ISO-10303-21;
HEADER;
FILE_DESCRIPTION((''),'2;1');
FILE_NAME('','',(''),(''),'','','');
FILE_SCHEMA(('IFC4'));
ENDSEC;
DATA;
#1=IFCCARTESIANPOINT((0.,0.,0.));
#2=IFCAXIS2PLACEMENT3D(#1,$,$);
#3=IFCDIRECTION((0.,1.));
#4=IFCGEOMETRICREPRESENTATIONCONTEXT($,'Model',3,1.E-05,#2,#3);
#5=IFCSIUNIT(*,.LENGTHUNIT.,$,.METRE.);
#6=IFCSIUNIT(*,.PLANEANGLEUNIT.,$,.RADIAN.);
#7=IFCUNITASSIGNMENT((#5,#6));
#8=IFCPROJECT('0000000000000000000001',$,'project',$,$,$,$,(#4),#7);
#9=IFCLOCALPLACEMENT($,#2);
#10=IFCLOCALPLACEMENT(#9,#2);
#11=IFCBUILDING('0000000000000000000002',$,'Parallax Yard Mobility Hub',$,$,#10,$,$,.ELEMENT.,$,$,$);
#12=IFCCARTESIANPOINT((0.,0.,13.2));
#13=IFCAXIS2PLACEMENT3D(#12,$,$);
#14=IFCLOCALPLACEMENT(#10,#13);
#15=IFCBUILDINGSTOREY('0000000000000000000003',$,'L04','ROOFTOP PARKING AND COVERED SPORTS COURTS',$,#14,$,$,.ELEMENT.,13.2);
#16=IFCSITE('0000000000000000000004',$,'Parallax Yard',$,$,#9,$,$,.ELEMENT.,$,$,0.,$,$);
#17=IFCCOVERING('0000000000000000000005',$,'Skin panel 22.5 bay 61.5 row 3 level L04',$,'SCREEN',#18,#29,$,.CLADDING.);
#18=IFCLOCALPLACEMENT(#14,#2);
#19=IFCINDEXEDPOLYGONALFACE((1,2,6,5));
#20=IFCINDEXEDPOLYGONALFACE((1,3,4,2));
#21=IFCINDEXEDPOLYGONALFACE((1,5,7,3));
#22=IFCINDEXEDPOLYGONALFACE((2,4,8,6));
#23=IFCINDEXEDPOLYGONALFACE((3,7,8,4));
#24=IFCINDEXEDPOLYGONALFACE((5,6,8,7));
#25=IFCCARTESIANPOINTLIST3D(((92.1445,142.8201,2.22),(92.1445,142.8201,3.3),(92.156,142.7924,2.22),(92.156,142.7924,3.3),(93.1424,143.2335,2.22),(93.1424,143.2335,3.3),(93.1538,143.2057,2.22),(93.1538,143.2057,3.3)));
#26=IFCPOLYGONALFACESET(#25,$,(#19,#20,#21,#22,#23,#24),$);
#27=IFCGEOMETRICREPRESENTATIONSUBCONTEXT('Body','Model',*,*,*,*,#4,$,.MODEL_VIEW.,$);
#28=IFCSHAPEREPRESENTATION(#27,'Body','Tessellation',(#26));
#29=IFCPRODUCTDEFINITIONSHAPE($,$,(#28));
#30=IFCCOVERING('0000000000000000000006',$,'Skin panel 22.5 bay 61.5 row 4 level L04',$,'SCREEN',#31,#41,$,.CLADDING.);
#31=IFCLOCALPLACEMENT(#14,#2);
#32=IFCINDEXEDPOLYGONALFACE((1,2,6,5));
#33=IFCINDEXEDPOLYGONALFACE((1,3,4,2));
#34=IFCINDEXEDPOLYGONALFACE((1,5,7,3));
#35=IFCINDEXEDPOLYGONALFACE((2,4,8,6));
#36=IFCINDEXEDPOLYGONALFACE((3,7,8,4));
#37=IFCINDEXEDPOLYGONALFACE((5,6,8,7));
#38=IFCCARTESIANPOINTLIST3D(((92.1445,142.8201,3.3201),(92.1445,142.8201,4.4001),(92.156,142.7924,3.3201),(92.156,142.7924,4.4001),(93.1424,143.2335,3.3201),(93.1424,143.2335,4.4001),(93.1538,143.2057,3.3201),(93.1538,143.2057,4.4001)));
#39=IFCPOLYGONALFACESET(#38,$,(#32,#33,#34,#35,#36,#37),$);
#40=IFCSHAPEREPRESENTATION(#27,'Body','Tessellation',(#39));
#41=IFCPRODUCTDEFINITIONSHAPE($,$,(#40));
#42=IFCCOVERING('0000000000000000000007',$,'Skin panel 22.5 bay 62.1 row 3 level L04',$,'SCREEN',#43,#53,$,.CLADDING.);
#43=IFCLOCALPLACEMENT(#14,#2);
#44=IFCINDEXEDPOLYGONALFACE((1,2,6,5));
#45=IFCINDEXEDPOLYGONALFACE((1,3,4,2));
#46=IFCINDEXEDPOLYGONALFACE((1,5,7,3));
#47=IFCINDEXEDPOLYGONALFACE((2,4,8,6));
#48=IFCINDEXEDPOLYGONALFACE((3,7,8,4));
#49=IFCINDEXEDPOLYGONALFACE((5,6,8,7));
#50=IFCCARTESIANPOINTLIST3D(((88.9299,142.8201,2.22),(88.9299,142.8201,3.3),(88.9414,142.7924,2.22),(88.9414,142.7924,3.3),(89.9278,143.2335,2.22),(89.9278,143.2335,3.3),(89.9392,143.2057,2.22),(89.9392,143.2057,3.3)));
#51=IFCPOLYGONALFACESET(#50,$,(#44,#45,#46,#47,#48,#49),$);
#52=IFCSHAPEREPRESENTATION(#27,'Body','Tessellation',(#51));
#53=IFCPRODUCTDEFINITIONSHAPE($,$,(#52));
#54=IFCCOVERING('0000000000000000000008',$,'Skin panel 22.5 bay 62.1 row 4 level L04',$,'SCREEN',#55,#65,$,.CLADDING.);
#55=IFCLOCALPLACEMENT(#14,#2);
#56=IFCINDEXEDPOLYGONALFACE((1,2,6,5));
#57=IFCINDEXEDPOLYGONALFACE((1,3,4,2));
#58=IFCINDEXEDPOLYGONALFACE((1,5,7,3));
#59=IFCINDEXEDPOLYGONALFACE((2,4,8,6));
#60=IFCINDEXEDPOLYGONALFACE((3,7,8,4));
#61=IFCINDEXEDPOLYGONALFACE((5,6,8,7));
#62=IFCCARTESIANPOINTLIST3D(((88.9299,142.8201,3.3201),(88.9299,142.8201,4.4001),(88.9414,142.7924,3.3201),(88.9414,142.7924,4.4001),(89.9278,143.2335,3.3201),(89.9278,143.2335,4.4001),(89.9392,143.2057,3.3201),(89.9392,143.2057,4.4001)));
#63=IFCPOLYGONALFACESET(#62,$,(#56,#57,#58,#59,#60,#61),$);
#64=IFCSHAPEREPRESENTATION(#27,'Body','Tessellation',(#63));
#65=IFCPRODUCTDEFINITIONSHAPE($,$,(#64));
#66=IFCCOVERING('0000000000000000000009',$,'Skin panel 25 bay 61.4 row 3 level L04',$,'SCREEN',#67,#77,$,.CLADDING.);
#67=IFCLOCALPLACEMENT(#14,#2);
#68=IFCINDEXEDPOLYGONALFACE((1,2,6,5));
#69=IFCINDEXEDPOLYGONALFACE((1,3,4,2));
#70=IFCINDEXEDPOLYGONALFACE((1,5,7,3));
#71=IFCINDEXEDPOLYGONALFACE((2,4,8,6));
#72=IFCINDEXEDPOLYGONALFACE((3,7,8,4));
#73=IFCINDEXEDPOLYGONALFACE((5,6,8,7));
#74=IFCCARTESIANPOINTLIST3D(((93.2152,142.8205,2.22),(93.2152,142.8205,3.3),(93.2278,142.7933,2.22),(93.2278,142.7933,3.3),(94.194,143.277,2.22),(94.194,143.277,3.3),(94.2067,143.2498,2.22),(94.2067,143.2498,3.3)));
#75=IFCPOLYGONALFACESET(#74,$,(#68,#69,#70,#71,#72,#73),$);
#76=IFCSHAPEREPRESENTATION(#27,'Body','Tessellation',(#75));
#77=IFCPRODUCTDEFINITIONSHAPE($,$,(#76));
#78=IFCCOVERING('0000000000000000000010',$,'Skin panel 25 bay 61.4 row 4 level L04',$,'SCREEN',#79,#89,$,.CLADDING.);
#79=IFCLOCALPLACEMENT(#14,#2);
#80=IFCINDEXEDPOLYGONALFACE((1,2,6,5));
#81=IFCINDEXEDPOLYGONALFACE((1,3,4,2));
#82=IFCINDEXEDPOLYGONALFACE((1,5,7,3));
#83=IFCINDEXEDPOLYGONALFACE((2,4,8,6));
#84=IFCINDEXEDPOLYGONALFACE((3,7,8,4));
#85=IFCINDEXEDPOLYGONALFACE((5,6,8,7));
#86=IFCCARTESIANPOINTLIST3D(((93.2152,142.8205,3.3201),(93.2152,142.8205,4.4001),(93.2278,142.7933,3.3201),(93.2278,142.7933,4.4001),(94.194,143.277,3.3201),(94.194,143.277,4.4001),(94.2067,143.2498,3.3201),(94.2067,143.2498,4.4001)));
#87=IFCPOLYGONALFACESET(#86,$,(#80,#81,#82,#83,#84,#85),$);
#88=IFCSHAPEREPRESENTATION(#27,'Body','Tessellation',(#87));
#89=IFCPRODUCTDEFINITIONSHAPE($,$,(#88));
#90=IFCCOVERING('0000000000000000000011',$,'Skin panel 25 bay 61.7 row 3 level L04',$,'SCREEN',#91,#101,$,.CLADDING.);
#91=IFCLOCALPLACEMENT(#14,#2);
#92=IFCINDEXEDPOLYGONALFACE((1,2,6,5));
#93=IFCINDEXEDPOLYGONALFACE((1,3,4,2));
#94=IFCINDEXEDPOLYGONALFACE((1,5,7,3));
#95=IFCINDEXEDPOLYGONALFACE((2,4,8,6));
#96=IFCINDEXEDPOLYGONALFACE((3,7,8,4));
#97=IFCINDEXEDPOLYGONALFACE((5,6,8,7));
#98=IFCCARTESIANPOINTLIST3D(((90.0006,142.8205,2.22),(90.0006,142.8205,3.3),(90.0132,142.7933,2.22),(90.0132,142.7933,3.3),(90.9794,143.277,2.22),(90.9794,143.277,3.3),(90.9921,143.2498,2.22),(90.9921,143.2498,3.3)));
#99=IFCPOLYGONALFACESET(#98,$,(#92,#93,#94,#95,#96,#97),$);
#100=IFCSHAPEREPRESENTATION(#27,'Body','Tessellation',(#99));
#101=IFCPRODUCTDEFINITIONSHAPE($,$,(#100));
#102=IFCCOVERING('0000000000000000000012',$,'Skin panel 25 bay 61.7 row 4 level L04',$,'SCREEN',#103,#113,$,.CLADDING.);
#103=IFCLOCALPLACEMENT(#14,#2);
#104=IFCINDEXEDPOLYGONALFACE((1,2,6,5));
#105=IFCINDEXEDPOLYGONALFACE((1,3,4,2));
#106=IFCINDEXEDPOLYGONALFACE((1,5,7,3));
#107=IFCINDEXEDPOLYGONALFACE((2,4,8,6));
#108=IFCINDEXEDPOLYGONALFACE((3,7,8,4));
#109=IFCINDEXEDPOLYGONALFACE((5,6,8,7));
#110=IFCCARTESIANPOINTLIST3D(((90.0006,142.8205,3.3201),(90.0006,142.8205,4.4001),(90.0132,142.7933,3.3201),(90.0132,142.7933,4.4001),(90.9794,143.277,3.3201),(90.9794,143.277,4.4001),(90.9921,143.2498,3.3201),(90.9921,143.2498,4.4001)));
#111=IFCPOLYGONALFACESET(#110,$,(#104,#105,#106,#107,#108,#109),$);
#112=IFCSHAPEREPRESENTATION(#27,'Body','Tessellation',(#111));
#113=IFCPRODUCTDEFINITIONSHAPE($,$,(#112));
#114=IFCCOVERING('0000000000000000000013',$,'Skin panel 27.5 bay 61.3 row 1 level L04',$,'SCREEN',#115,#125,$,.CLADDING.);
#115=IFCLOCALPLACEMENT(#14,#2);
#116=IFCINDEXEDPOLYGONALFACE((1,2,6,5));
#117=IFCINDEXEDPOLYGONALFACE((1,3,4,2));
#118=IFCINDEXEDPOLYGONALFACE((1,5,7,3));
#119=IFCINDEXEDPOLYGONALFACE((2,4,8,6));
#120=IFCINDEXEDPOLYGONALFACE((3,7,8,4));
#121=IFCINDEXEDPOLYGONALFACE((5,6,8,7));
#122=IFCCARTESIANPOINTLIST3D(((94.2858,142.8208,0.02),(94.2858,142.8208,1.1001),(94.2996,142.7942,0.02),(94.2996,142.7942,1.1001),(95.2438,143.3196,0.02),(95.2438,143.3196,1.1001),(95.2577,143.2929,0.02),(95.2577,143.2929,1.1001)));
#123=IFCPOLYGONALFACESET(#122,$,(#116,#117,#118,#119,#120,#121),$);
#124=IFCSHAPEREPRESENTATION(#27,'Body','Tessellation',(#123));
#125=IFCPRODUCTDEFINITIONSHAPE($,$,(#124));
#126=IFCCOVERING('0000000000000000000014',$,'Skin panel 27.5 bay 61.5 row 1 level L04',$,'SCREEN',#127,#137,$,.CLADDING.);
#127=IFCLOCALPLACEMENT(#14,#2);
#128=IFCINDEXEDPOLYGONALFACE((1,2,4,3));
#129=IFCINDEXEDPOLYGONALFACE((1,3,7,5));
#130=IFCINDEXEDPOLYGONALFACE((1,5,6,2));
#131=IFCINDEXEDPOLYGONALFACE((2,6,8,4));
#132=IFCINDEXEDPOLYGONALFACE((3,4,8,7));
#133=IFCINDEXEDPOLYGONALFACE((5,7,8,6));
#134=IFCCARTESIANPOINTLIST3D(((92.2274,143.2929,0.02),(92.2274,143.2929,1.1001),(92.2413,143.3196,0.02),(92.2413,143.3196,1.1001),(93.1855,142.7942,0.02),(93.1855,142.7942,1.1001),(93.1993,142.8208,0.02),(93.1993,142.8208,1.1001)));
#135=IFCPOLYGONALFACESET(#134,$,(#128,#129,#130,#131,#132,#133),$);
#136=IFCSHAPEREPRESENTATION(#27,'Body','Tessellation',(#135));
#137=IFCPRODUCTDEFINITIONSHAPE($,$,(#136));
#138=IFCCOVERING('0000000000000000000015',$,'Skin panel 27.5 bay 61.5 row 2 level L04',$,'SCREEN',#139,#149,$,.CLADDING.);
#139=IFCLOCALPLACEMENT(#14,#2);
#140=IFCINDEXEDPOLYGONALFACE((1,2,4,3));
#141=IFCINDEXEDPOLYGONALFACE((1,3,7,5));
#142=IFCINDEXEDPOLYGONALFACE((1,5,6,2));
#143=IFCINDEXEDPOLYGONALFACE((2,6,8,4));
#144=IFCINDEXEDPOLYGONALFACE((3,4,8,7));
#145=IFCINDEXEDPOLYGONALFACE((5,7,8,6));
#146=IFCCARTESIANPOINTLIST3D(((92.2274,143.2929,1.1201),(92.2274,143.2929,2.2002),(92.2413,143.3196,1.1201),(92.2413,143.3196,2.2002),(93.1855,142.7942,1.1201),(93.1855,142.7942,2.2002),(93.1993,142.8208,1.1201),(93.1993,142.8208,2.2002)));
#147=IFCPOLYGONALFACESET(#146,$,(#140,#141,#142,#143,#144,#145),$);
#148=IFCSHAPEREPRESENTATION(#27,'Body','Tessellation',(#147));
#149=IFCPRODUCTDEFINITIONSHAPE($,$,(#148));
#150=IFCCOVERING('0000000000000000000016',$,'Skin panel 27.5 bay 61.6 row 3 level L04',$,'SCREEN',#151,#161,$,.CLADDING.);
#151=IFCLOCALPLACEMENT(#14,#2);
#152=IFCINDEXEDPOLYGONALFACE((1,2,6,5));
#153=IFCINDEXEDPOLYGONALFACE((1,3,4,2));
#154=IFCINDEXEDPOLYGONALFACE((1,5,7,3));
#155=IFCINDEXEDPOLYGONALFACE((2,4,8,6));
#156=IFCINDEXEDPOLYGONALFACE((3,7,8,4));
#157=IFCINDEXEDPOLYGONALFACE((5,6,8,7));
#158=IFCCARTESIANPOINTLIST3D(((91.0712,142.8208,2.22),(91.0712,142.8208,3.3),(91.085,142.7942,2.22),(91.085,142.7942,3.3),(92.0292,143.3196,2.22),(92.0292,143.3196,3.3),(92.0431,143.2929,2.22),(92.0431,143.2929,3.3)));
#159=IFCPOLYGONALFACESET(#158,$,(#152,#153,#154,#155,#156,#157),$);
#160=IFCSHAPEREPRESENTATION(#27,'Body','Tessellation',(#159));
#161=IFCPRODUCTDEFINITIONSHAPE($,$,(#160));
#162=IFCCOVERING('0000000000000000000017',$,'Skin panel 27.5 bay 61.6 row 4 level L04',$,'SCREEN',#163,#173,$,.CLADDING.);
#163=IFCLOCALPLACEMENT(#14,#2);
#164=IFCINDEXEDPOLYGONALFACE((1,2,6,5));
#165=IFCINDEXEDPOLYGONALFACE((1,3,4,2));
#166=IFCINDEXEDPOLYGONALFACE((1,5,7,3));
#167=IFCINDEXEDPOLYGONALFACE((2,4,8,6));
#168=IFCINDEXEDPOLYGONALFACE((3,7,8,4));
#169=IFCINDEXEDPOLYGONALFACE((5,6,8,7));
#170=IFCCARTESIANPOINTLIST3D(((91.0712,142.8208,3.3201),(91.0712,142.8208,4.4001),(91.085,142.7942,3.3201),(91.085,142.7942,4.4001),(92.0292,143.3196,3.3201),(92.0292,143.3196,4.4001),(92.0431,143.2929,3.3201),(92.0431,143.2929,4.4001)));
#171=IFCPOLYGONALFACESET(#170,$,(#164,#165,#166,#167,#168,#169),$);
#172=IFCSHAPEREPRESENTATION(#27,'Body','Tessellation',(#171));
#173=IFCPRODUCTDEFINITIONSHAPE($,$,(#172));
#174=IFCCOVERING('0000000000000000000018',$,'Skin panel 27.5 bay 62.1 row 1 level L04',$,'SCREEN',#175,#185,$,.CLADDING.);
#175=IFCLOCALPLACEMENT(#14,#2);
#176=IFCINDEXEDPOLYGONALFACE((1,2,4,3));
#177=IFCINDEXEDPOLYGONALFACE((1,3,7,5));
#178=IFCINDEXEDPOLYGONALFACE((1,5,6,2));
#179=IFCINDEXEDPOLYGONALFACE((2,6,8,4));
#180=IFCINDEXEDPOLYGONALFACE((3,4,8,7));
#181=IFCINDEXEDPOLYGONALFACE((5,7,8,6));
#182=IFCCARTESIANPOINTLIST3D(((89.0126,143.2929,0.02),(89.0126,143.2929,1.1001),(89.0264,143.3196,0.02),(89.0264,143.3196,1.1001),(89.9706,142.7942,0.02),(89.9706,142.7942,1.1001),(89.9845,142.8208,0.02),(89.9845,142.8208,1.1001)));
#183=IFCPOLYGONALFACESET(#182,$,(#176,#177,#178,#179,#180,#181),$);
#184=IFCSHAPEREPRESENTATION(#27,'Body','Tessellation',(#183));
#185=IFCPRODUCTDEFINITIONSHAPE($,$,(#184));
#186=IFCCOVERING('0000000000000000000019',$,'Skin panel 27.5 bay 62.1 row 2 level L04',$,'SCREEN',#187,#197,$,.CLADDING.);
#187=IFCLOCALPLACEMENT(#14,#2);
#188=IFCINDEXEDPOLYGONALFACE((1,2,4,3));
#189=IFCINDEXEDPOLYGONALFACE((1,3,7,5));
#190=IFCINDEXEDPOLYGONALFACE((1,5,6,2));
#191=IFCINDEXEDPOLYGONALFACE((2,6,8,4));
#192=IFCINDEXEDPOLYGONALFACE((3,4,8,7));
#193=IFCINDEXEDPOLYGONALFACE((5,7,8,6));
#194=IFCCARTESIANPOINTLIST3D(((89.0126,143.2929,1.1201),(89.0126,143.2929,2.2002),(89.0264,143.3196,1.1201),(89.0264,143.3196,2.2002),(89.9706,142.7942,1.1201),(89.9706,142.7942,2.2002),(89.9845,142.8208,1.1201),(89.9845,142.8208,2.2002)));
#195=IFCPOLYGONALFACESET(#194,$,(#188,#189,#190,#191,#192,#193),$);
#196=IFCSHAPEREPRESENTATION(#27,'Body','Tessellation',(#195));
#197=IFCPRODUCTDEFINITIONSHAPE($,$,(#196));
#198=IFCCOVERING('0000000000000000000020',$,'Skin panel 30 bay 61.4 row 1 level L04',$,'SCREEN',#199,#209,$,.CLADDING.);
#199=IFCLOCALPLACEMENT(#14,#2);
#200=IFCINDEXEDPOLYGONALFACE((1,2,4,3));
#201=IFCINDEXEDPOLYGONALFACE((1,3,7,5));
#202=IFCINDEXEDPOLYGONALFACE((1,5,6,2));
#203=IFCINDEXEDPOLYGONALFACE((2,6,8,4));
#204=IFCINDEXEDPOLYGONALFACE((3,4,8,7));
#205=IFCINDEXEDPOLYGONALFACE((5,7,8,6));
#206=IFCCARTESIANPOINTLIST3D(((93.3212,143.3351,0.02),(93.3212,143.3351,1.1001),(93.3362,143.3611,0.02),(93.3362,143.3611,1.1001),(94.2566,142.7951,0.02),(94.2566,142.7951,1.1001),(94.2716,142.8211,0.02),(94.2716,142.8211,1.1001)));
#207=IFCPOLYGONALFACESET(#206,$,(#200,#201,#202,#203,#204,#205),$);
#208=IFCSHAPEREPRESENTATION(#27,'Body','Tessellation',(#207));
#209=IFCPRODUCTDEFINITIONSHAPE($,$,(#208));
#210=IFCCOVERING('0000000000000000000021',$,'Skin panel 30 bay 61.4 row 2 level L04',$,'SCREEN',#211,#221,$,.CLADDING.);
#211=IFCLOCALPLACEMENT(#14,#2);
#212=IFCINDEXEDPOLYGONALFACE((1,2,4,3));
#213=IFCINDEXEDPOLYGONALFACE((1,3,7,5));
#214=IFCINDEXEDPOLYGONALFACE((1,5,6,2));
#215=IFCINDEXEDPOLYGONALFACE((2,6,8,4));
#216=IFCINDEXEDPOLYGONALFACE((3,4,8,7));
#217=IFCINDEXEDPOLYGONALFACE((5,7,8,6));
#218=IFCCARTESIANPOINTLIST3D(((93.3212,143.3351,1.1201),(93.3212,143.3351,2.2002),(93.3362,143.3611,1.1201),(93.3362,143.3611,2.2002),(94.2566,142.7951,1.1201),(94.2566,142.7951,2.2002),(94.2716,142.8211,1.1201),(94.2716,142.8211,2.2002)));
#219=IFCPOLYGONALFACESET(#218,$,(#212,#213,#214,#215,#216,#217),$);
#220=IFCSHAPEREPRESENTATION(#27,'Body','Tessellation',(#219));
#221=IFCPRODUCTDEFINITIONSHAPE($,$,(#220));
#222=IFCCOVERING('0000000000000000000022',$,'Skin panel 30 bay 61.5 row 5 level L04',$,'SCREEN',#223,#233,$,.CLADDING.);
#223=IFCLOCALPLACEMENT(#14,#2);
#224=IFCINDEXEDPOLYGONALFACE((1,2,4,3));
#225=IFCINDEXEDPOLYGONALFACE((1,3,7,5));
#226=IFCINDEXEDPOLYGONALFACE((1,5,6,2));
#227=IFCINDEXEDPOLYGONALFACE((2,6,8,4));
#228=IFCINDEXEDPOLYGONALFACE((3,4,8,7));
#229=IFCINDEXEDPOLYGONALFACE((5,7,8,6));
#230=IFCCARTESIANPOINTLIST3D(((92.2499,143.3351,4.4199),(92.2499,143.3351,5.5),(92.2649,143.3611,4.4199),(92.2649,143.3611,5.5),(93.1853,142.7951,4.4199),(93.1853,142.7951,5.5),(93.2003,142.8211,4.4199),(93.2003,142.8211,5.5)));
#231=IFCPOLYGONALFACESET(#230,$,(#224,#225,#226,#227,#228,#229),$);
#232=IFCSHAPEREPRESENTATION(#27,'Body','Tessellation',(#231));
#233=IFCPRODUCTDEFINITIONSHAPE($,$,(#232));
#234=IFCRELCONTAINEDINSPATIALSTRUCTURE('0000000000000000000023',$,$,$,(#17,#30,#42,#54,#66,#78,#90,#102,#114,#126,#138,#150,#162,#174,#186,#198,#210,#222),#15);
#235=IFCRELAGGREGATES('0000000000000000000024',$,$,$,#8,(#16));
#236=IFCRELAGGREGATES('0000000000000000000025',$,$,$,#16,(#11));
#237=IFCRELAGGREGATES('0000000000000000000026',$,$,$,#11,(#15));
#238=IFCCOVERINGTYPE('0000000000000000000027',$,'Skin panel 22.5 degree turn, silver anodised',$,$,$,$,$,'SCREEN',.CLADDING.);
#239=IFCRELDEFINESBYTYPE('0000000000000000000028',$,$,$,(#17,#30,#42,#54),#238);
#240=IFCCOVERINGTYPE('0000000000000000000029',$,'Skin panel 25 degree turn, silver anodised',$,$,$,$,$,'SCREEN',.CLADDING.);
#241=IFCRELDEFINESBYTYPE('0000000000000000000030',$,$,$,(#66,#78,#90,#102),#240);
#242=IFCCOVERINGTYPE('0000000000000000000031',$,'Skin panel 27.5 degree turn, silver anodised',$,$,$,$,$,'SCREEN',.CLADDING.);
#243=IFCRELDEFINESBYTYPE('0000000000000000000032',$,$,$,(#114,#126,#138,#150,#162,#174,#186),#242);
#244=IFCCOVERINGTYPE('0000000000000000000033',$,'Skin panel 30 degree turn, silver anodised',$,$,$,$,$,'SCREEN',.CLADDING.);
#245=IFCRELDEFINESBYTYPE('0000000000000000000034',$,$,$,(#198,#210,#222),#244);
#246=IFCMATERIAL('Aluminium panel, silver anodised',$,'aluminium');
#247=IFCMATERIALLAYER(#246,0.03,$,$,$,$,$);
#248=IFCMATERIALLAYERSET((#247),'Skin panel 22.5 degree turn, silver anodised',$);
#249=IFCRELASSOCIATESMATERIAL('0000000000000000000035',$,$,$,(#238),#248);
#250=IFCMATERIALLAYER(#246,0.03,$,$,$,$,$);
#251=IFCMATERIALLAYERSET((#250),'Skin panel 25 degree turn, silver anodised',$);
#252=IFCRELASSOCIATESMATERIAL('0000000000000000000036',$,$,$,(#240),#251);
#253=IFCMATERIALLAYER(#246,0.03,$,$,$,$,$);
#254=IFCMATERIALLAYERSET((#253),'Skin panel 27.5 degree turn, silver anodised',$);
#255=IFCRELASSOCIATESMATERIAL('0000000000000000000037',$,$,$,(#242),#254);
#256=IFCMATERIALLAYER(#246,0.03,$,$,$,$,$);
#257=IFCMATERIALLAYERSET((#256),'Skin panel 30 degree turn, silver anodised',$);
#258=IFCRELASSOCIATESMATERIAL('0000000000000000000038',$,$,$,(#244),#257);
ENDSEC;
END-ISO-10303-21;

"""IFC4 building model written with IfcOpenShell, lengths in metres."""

from ifc_helpers import new_model, si_unit, direction, frame, origin, origin_2d, place, context, subcontext, project, spatial, rectangle, extrude, material, layer, layer_set, type_object, element, save


model = new_model("IFC4")

# Units and contexts
model_context = context("Model", 3, precision=1e-05, world=origin(), true_north=direction((0.0, 1.0)))
body_context = subcontext(model_context, "Body", "Model", "MODEL_VIEW")
ifc_project = project(units=[si_unit("LENGTHUNIT", "METRE"), si_unit("PLANEANGLEUNIT", "RADIAN")], contexts=[model_context])

# Site, building, storey
site_placement = place(None, origin())
site = spatial("IfcSite", under=ifc_project, at=site_placement, Name="Parallax Yard", CompositionType="ELEMENT", RefElevation=0.0)
building_placement = place(site_placement, origin())
building = spatial("IfcBuilding", under=site, at=building_placement, Name="Parallax Yard Mobility Hub", CompositionType="ELEMENT")
storey_placement = place(building_placement, frame((0.0, 0.0, 13.2)))
storey = spatial("IfcBuildingStorey", under=building, at=storey_placement, Name="L04", Description="ROOFTOP PARKING AND COVERED SPORTS COURTS", CompositionType="ELEMENT", Elevation=13.2)

# Coverings
ifc_material_1 = material(Name="Aluminium panel, silver anodised", Category="aluminium")
ifc_layer_1 = layer(ifc_material_1, 0.03)
ifc_layer_set_1 = layer_set([ifc_layer_1], Name="Skin panel 22.5 degree turn, silver anodised")
covering_type_1 = type_object("IfcCoveringType", Name="Skin panel 22.5 degree turn, silver anodised", ElementType="SCREEN", PredefinedType="CLADDING", material=ifc_layer_set_1)
for number, where, z_axis, x_axis, name in (
    (1, (92.6492, 143.0129, 2.22), (0.0, 0.0, 1.0), (0.92388, 0.382683, 0.0), "Skin panel 22.5 bay 61.5 row 3 level L04"),
    (2, (92.6492, 143.0129, 3.3201), (0.0, 0.0, 1.0), (0.92388, 0.382683, 0.0), "Skin panel 22.5 bay 61.5 row 4 level L04"),
    (3, (89.4346, 143.0129, 2.22), (0.0, 0.0, 1.0), (0.92388, 0.382683, 0.0), "Skin panel 22.5 bay 62.1 row 3 level L04"),
    (4, (89.4346, 143.0129, 3.3201), (0.0, 0.0, 1.0), (0.92388, 0.382683, 0.0), "Skin panel 22.5 bay 62.1 row 4 level L04"),
):
    element("IfcCovering", number, at=place(storey_placement, frame(where, z_axis=z_axis, x_axis=x_axis)), inside=storey, type_object=covering_type_1, Name=name, ObjectType="SCREEN", PredefinedType="CLADDING", context=body_context, shape_type="SweptSolid", body=[
        extrude(rectangle(XDim=1.0801, YDim=0.03, at=origin_2d()), origin(), (0.0, 0.0, 1.0), 1.0801),
    ])
ifc_layer_2 = layer(ifc_material_1, 0.03)
ifc_layer_set_2 = layer_set([ifc_layer_2], Name="Skin panel 25 degree turn, silver anodised")
covering_type_2 = type_object("IfcCoveringType", Name="Skin panel 25 degree turn, silver anodised", ElementType="SCREEN", PredefinedType="CLADDING", material=ifc_layer_set_2)
for number, where, z_axis, x_axis, name in (
    (5, (93.7109, 143.0352, 2.22), (0.0, 0.0, 1.0), (0.906308, 0.422618, 0.0), "Skin panel 25 bay 61.4 row 3 level L04"),
    (6, (93.7109, 143.0352, 3.3201), (0.0, 0.0, 1.0), (0.906308, 0.422618, 0.0), "Skin panel 25 bay 61.4 row 4 level L04"),
    (7, (90.4963, 143.0352, 2.22), (0.0, 0.0, 1.0), (0.906308, 0.422618, 0.0), "Skin panel 25 bay 61.7 row 3 level L04"),
    (8, (90.4963, 143.0352, 3.3201), (0.0, 0.0, 1.0), (0.906308, 0.422618, 0.0), "Skin panel 25 bay 61.7 row 4 level L04"),
):
    element("IfcCovering", number, at=place(storey_placement, frame(where, z_axis=z_axis, x_axis=x_axis)), inside=storey, type_object=covering_type_2, Name=name, ObjectType="SCREEN", PredefinedType="CLADDING", context=body_context, shape_type="SweptSolid", body=[
        extrude(rectangle(XDim=1.0801, YDim=0.03, at=origin_2d()), origin(), (0.0, 0.0, 1.0), 1.0801),
    ])
ifc_layer_3 = layer(ifc_material_1, 0.03)
ifc_layer_set_3 = layer_set([ifc_layer_3], Name="Skin panel 27.5 degree turn, silver anodised")
covering_type_3 = type_object("IfcCoveringType", Name="Skin panel 27.5 degree turn, silver anodised", ElementType="SCREEN", PredefinedType="CLADDING", material=ifc_layer_set_3)
for number, where, z_axis, x_axis, name in (
    (9, (94.7717, 143.0569, 0.02), (0.0, 0.0, 1.0), (0.887011, 0.461749, 0.0), "Skin panel 27.5 bay 61.3 row 1 level L04"),
    (10, (92.7134, 143.0569, 0.02), (0.0, 0.0, 1.0), (-0.887011, 0.461749, 0.0), "Skin panel 27.5 bay 61.5 row 1 level L04"),
    (11, (92.7134, 143.0569, 1.1201), (0.0, 0.0, 1.0), (-0.887011, 0.461749, 0.0), "Skin panel 27.5 bay 61.5 row 2 level L04"),
    (12, (91.5571, 143.0569, 2.22), (0.0, 0.0, 1.0), (0.887011, 0.461749, 0.0), "Skin panel 27.5 bay 61.6 row 3 level L04"),
    (13, (91.5571, 143.0569, 3.3201), (0.0, 0.0, 1.0), (0.887011, 0.461749, 0.0), "Skin panel 27.5 bay 61.6 row 4 level L04"),
    (14, (89.4985, 143.0569, 0.02), (0.0, 0.0, 1.0), (-0.887011, 0.461749, 0.0), "Skin panel 27.5 bay 62.1 row 1 level L04"),
    (15, (89.4985, 143.0569, 1.1201), (0.0, 0.0, 1.0), (-0.887011, 0.461749, 0.0), "Skin panel 27.5 bay 62.1 row 2 level L04"),
):
    element("IfcCovering", number, at=place(storey_placement, frame(where, z_axis=z_axis, x_axis=x_axis)), inside=storey, type_object=covering_type_3, Name=name, ObjectType="SCREEN", PredefinedType="CLADDING", context=body_context, shape_type="SweptSolid", body=[
        extrude(rectangle(XDim=1.0801, YDim=0.03, at=origin_2d()), origin(), (0.0, 0.0, 1.0), 1.0801),
    ])
ifc_layer_4 = layer(ifc_material_1, 0.03)
ifc_layer_set_4 = layer_set([ifc_layer_4], Name="Skin panel 30 degree turn, silver anodised")
covering_type_4 = type_object("IfcCoveringType", Name="Skin panel 30 degree turn, silver anodised", ElementType="SCREEN", PredefinedType="CLADDING", material=ifc_layer_set_4)
for number, where, z_axis, x_axis, name in (
    (16, (93.7964, 143.0781, 0.02), (0.0, 0.0, 1.0), (-0.866025, 0.5, 0.0), "Skin panel 30 bay 61.4 row 1 level L04"),
    (17, (93.7964, 143.0781, 1.1201), (0.0, 0.0, 1.0), (-0.866025, 0.5, 0.0), "Skin panel 30 bay 61.4 row 2 level L04"),
    (18, (92.7251, 143.0781, 4.4199), (0.0, 0.0, 1.0), (-0.866025, 0.5, 0.0), "Skin panel 30 bay 61.5 row 5 level L04"),
):
    element("IfcCovering", number, at=place(storey_placement, frame(where, z_axis=z_axis, x_axis=x_axis)), inside=storey, type_object=covering_type_4, Name=name, ObjectType="SCREEN", PredefinedType="CLADDING", context=body_context, shape_type="SweptSolid", body=[
        extrude(rectangle(XDim=1.0801, YDim=0.03, at=origin_2d()), origin(), (0.0, 0.0, 1.0), 1.0801),
    ])

save(model, "model.ifc")
